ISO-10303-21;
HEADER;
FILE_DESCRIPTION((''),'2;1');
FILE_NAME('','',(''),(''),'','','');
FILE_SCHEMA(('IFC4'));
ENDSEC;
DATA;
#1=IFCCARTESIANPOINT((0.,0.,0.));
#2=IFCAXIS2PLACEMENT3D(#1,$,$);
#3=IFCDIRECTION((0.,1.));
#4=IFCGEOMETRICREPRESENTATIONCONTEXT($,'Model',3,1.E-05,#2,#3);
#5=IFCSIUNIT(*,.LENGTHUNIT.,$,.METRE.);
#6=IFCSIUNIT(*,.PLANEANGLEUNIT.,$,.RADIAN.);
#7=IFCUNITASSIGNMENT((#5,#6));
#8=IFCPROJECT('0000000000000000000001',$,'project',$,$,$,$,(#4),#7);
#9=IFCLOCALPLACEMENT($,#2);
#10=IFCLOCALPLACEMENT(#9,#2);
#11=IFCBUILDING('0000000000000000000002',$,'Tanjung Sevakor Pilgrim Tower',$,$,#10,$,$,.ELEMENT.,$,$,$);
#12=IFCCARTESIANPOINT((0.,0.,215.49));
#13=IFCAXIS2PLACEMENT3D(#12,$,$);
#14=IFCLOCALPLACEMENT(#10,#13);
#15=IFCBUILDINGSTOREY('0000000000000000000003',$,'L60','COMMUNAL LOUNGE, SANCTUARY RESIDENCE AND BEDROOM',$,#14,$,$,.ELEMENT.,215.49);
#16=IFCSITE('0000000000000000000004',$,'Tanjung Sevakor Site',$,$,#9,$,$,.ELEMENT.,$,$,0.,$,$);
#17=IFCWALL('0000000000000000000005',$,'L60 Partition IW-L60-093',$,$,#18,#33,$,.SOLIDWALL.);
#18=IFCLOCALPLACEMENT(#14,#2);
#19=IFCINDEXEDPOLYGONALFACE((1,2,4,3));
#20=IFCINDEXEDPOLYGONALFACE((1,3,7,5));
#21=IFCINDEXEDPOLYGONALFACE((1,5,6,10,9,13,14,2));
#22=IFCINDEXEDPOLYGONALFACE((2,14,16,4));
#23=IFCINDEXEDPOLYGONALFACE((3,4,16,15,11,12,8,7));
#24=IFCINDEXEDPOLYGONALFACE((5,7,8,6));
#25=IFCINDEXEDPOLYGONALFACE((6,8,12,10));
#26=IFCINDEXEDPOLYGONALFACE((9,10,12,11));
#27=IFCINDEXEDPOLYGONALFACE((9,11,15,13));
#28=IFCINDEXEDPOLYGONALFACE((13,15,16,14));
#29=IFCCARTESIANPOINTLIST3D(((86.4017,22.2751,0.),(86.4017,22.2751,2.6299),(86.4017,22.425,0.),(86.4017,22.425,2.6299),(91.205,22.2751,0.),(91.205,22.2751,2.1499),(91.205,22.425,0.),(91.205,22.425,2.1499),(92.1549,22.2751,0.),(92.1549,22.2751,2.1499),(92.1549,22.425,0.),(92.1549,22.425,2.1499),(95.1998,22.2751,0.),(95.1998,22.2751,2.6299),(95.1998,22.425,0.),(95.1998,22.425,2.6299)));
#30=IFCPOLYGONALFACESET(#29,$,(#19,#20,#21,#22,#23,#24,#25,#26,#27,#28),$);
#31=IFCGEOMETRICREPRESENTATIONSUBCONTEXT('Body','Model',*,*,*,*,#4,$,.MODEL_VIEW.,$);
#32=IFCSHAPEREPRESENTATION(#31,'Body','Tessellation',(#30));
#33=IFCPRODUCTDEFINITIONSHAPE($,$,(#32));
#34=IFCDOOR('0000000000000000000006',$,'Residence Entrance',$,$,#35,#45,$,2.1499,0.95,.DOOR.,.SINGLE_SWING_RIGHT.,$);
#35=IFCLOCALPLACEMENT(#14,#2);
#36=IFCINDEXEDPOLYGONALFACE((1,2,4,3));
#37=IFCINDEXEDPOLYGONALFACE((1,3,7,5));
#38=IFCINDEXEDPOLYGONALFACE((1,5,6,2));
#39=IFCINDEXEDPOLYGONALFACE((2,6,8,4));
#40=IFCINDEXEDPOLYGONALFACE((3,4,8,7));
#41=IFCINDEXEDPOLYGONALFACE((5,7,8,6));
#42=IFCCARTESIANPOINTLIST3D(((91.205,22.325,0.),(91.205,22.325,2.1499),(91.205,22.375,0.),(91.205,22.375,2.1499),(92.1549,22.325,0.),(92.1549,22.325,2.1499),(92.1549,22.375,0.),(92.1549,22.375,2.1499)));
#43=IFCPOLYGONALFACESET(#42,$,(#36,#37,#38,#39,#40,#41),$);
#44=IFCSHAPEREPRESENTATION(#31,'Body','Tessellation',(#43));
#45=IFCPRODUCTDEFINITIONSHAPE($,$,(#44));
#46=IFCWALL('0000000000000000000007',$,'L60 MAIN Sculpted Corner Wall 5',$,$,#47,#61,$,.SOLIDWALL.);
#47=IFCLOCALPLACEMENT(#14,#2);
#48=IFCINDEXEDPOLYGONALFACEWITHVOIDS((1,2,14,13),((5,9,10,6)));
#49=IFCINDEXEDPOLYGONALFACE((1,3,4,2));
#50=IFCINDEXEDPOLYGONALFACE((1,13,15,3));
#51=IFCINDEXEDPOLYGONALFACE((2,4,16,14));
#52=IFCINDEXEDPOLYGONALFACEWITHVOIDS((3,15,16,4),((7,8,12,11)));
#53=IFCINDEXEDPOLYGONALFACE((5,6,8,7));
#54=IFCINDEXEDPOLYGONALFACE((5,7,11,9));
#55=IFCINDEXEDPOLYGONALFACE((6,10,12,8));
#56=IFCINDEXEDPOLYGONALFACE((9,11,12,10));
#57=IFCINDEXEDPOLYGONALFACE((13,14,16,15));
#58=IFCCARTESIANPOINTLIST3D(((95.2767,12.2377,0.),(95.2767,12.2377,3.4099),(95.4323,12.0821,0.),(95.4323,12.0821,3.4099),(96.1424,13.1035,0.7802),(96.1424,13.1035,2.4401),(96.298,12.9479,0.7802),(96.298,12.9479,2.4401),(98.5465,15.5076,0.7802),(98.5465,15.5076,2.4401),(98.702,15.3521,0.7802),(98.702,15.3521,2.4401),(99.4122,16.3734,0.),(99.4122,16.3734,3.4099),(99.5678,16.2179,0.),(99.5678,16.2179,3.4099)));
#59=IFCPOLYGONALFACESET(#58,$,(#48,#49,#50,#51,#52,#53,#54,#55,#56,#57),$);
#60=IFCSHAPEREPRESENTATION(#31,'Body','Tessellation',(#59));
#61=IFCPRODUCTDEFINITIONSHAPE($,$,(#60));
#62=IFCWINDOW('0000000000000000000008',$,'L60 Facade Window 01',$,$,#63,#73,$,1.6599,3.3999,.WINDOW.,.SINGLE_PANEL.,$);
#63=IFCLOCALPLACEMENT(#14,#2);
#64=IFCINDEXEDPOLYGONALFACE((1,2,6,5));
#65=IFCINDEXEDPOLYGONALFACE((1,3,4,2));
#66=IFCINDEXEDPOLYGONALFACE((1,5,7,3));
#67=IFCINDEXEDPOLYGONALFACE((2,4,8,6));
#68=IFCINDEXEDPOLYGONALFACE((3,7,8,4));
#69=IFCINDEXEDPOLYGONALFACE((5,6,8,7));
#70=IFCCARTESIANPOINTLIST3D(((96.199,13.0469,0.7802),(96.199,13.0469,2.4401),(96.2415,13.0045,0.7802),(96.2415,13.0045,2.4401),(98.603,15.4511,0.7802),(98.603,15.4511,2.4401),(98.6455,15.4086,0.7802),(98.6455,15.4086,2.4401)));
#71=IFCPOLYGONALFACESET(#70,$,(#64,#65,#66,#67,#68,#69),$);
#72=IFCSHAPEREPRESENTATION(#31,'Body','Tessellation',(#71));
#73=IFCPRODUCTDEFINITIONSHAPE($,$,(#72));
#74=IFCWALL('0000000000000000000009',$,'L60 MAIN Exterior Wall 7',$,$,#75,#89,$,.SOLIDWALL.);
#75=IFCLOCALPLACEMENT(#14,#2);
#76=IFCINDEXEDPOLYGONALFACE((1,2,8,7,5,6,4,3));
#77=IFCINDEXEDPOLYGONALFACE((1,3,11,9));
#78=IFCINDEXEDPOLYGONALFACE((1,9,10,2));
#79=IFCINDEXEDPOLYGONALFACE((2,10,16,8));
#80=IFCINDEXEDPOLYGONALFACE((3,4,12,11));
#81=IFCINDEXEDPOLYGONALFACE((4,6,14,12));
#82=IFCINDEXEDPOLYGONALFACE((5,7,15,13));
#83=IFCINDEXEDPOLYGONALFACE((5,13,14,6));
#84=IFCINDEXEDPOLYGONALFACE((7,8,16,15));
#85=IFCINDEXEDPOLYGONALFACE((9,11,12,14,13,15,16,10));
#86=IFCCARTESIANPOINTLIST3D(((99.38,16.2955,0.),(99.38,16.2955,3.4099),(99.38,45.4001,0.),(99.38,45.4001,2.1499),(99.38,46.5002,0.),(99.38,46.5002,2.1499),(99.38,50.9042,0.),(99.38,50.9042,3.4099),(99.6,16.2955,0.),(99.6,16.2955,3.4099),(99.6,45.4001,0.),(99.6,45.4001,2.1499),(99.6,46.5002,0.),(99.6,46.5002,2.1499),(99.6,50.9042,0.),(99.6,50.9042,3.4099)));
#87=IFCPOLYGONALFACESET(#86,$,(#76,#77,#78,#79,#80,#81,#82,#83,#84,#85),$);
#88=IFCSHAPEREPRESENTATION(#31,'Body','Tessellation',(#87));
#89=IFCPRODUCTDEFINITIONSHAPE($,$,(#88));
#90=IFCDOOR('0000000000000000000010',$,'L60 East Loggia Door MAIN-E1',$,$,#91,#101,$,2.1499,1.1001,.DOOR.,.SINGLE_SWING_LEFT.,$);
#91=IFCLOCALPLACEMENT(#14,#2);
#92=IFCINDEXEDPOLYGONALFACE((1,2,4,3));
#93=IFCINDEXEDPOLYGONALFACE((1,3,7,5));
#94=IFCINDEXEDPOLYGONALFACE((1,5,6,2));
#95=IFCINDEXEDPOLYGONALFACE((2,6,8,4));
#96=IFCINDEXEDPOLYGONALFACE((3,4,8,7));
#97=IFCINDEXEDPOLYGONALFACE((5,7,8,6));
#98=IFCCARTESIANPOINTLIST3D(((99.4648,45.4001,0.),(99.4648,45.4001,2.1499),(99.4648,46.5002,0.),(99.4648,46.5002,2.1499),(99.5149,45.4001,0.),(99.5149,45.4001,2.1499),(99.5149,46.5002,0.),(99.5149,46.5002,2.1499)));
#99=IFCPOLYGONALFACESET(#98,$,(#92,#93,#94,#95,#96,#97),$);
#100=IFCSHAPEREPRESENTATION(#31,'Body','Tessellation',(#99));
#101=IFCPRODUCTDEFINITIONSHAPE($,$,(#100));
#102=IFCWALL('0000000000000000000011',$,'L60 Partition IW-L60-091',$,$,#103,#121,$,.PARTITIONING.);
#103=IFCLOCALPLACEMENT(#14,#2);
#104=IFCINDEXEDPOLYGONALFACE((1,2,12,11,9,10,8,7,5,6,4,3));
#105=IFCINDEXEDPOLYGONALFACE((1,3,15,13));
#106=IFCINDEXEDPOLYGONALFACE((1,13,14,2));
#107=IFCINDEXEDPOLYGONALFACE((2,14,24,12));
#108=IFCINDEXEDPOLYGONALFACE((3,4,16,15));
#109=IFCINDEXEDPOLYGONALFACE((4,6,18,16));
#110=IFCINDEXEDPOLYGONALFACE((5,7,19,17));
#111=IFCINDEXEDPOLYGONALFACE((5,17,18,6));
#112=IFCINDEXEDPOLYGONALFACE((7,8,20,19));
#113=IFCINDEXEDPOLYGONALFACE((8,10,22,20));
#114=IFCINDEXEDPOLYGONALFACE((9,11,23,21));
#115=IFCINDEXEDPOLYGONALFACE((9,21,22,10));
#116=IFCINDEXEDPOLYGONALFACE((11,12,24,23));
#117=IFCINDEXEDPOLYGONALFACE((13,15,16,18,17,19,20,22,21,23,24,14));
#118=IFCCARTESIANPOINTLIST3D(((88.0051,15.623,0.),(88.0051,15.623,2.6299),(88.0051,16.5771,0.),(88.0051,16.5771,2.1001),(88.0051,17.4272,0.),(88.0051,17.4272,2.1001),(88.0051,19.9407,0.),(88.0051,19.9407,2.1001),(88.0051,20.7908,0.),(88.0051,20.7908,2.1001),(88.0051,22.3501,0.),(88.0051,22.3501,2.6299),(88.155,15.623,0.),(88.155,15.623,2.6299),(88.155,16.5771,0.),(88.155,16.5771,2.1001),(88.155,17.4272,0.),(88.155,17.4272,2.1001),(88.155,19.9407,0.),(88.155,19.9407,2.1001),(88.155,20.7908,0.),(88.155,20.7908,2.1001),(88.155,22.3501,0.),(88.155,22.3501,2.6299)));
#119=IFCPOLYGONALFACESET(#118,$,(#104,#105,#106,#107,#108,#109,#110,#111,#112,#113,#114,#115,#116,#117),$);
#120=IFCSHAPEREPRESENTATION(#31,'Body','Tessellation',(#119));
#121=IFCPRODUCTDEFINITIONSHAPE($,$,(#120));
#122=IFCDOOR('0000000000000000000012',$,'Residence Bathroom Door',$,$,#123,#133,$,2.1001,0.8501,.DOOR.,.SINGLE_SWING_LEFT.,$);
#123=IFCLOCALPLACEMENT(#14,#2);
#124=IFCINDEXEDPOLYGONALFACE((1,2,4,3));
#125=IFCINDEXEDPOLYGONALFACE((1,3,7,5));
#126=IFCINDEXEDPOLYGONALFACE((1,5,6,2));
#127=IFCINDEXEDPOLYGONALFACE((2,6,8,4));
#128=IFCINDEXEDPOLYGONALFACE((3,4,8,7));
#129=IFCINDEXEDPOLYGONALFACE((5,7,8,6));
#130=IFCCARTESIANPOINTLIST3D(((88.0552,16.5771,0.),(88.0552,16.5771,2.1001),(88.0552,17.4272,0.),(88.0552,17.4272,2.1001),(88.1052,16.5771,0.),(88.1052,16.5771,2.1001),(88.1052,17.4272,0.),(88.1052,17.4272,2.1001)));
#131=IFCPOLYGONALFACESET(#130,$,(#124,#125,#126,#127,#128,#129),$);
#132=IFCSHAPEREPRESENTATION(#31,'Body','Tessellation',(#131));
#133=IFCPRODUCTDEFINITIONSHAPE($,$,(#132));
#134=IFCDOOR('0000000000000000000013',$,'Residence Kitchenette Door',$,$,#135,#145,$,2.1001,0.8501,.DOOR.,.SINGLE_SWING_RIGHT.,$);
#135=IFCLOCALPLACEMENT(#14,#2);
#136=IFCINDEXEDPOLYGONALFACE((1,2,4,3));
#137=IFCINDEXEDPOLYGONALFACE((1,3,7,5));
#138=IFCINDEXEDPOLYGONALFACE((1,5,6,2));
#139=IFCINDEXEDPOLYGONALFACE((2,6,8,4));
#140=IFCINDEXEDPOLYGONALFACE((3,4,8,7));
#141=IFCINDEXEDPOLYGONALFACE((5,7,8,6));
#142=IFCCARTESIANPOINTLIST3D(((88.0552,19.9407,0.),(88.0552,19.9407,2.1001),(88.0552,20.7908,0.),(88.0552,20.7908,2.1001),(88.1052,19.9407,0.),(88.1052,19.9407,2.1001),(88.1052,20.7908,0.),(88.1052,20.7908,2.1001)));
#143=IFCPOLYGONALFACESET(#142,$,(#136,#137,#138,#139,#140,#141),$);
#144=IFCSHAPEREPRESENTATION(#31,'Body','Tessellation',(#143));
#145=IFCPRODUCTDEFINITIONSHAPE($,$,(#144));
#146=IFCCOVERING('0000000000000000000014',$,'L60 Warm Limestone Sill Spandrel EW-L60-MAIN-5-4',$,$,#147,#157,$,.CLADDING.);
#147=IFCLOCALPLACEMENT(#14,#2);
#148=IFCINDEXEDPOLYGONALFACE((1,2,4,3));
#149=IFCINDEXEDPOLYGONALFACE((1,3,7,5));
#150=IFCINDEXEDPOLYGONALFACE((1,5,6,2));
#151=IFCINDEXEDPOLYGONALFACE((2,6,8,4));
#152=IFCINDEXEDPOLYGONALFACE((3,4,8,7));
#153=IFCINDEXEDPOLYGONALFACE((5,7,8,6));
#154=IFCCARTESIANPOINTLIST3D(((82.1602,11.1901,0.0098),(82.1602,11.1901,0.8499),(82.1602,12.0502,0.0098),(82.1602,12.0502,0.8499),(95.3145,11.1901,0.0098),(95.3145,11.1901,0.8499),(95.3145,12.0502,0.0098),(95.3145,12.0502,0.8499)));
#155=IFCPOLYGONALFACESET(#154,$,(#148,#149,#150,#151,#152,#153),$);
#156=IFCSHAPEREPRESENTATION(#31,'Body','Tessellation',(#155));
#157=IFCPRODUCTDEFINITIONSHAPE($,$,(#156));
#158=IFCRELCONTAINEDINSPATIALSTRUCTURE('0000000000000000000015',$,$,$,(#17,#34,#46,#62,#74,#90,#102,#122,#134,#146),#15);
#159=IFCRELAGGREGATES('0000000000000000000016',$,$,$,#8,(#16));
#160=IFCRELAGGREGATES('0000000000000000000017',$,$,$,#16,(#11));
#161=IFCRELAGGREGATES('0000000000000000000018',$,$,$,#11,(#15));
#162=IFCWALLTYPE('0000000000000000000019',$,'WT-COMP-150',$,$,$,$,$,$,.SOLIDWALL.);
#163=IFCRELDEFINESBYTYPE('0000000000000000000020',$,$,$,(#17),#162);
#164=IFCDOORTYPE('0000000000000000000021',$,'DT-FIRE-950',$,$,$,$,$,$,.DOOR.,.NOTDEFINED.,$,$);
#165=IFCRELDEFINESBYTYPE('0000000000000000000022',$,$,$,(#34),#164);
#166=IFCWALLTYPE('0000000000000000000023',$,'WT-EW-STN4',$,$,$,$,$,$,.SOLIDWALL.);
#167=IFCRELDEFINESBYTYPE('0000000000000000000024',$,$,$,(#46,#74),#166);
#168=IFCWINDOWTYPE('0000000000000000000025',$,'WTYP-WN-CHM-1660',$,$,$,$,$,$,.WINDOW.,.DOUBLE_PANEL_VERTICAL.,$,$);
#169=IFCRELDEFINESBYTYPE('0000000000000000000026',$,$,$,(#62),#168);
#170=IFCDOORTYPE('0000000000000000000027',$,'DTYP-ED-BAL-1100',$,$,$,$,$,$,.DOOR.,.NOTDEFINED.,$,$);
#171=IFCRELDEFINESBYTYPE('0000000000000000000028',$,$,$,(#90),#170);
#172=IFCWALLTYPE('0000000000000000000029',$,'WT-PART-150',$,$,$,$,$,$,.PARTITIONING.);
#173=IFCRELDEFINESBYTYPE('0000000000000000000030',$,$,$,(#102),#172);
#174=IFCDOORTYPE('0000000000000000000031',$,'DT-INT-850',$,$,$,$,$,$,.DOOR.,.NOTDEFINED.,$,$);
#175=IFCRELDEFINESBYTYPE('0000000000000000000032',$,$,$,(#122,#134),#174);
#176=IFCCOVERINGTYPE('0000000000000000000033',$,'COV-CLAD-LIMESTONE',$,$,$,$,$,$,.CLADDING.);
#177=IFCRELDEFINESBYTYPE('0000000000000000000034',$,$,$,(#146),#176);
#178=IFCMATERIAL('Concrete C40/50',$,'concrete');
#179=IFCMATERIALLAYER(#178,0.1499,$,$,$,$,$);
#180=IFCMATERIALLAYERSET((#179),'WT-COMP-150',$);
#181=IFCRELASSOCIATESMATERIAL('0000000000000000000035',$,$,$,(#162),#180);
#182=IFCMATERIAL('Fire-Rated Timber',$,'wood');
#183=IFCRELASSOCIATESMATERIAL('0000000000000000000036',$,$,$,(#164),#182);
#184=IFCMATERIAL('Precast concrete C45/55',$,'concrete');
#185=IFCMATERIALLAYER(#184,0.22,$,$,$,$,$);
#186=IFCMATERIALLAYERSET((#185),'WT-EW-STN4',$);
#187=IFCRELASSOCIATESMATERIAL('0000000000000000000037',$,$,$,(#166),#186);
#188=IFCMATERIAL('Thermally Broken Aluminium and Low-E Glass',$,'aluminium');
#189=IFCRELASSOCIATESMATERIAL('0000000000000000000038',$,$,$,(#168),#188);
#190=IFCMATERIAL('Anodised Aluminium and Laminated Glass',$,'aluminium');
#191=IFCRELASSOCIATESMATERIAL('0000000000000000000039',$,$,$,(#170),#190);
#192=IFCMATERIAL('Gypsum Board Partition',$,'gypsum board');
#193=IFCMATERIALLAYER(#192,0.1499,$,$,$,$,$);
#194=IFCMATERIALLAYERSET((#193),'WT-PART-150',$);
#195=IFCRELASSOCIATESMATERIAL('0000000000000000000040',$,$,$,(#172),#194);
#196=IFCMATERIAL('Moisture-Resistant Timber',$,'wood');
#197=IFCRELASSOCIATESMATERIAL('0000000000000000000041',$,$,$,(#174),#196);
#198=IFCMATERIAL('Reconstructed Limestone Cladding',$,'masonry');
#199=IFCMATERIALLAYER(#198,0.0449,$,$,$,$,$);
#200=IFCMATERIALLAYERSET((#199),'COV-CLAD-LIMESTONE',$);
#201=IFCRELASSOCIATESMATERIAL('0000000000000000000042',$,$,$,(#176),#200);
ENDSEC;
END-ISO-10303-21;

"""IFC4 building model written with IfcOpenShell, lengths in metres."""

from ifc_helpers import new_model, si_unit, direction, frame, frame_2d, origin, origin_2d, place, context, subcontext, project, spatial, rectangle, extrude, material, layer, layer_set, type_object, element, fill, save


model = new_model("IFC4")

# Units and contexts
model_context = context("Model", 3, precision=1e-05, world=origin(), true_north=direction((0.0, 1.0)))
body_context = subcontext(model_context, "Body", "Model", "MODEL_VIEW")
ifc_project = project(units=[si_unit("LENGTHUNIT", "METRE"), si_unit("PLANEANGLEUNIT", "RADIAN")], contexts=[model_context])

# Site, building, storey
site_placement = place(None, origin())
site = spatial("IfcSite", under=ifc_project, at=site_placement, Name="Tanjung Sevakor Site", CompositionType="ELEMENT", RefElevation=0.0)
building_placement = place(site_placement, origin())
building = spatial("IfcBuilding", under=site, at=building_placement, Name="Tanjung Sevakor Pilgrim Tower", CompositionType="ELEMENT")
storey_placement = place(building_placement, frame((0.0, 0.0, 215.49)))
storey = spatial("IfcBuildingStorey", under=building, at=storey_placement, Name="L60", Description="COMMUNAL LOUNGE, SANCTUARY RESIDENCE AND BEDROOM", CompositionType="ELEMENT", Elevation=215.49)

# Shared definitions
ifc_material_1 = material(Name="Concrete C40/50", Category="concrete")
ifc_layer_1 = layer(ifc_material_1, 0.1499)
ifc_layer_set_1 = layer_set([ifc_layer_1], Name="WT-COMP-150")
wall_type_1 = type_object("IfcWallType", Name="WT-COMP-150", PredefinedType="SOLIDWALL", material=ifc_layer_set_1)

# Wall, opening, door
wall_1_placement = place(storey_placement, frame((86.4019, 22.3501, 0.0), z_axis=(0.0, 0.0, 1.0), x_axis=(1.0, 0.0, 0.0)))
wall_1 = element("IfcWall", 1, at=wall_1_placement, inside=storey, type_object=wall_type_1, Name="L60 Partition IW-L60-093", PredefinedType="SOLIDWALL", context=body_context, shape_type="SweptSolid", body=[
    extrude(rectangle(XDim=8.7981, YDim=0.1499, at=frame_2d((4.3989, 0.0))), origin(), (0.0, 0.0, 1.0), 2.6299),
])
opening_1_placement = place(wall_1_placement, frame((4.803, 0.0, 0.0)))
opening_1 = element("IfcOpeningElement", 2, at=opening_1_placement, cuts=wall_1, PredefinedType="OPENING", context=body_context, shape_type="SweptSolid", body=[
    extrude(rectangle(XDim=0.95, YDim=2.1499, at=frame_2d((0.4751, 1.075))), frame((0.0, 0.085, 0.0), z_axis=(0.0, -1.0, 0.0), x_axis=(1.0, 0.0, 0.0)), (0.0, 0.0, 1.0), 0.1699),
])
ifc_material_2 = material(Name="Fire-Rated Timber", Category="wood")
door_type_1 = type_object("IfcDoorType", Name="DT-FIRE-950", OperationType="NOTDEFINED", PredefinedType="DOOR", material=ifc_material_2)
door_1_placement = place(opening_1_placement, origin())
door_1 = element("IfcDoor", 3, at=door_1_placement, inside=storey, type_object=door_type_1, Name="Residence Entrance", OperationType="SINGLE_SWING_RIGHT", OverallHeight=2.1499, OverallWidth=0.95, PredefinedType="DOOR", context=body_context, shape_type="SweptSolid", body=[
    extrude(rectangle(XDim=0.95, YDim=2.1499, at=frame_2d((0.4751, 1.075))), frame((0.0, 0.0249, 0.0), z_axis=(0.0, -1.0, 0.0), x_axis=(1.0, 0.0, 0.0)), (0.0, 0.0, 1.0), 0.05),
])
fill(opening_1, door_1)

# Wall, opening, window
ifc_material_3 = material(Name="Precast concrete C45/55", Category="concrete")
ifc_layer_2 = layer(ifc_material_3, 0.22)
ifc_layer_set_2 = layer_set([ifc_layer_2], Name="WT-EW-STN4")
wall_type_2 = type_object("IfcWallType", Name="WT-EW-STN4", PredefinedType="SOLIDWALL", material=ifc_layer_set_2)
wall_2_placement = place(storey_placement, frame((95.3545, 12.1599, 0.0), z_axis=(0.0, 0.0, 1.0), x_axis=(0.707086, 0.707128, 0.0)))
wall_2 = element("IfcWall", 4, at=wall_2_placement, inside=storey, type_object=wall_type_2, Name="L60 MAIN Sculpted Corner Wall 5", PredefinedType="SOLIDWALL", context=body_context, shape_type="SweptSolid", body=[
    extrude(rectangle(XDim=5.8486, YDim=0.22, at=frame_2d((2.9243, 0.0))), origin(), (0.0, 0.0, 1.0), 3.4099),
])
opening_2_placement = place(wall_2_placement, frame((1.2244, 0.0, 0.78)))
opening_2 = element("IfcOpeningElement", 5, at=opening_2_placement, cuts=wall_2, PredefinedType="OPENING", context=body_context, shape_type="SweptSolid", body=[
    extrude(rectangle(XDim=3.3999, YDim=1.6599, at=frame_2d((1.7, 0.8301))), frame((0.0, 0.1199, 0.0), z_axis=(0.0, -1.0, 0.0), x_axis=(1.0, 0.0, 0.0)), (0.0, 0.0, 1.0), 0.24),
])
ifc_material_4 = material(Name="Thermally Broken Aluminium and Low-E Glass", Category="aluminium")
window_type = type_object("IfcWindowType", Name="WTYP-WN-CHM-1660", PartitioningType="DOUBLE_PANEL_VERTICAL", PredefinedType="WINDOW", material=ifc_material_4)
window_placement = place(opening_2_placement, origin())
window = element("IfcWindow", 6, at=window_placement, inside=storey, type_object=window_type, Name="L60 Facade Window 01", OverallHeight=1.6599, OverallWidth=3.3999, PartitioningType="SINGLE_PANEL", PredefinedType="WINDOW", context=body_context, shape_type="SweptSolid", body=[
    extrude(rectangle(XDim=3.3999, YDim=1.6599, at=frame_2d((1.7, 0.8301))), frame((0.0, 0.03, 0.0), z_axis=(0.0, -1.0, 0.0), x_axis=(1.0, 0.0, 0.0)), (0.0, 0.0, 1.0), 0.0601),
])
fill(opening_2, window)

# Wall, opening, door
wall_3_placement = place(storey_placement, frame((99.49, 16.2957, 0.0), z_axis=(0.0, 0.0, 1.0), x_axis=(0.0, 1.0, 0.0)))
wall_3 = element("IfcWall", 7, at=wall_3_placement, inside=storey, type_object=wall_type_2, Name="L60 MAIN Exterior Wall 7", PredefinedType="SOLIDWALL", context=body_context, shape_type="SweptSolid", body=[
    extrude(rectangle(XDim=34.6086, YDim=0.22, at=frame_2d((17.3042, 0.0))), origin(), (0.0, 0.0, 1.0), 3.4099),
])
opening_3_placement = place(wall_3_placement, frame((29.1045, 0.0, 0.0)))
opening_3 = element("IfcOpeningElement", 8, at=opening_3_placement, cuts=wall_3, PredefinedType="OPENING", context=body_context, shape_type="SweptSolid", body=[
    extrude(rectangle(XDim=1.1001, YDim=2.1499, at=frame_2d((0.55, 1.075))), frame((0.0, 0.1199, 0.0), z_axis=(0.0, -1.0, 0.0), x_axis=(1.0, 0.0, 0.0)), (0.0, 0.0, 1.0), 0.24),
])
ifc_material_5 = material(Name="Anodised Aluminium and Laminated Glass", Category="aluminium")
door_type_2 = type_object("IfcDoorType", Name="DTYP-ED-BAL-1100", OperationType="NOTDEFINED", PredefinedType="DOOR", material=ifc_material_5)
door_2_placement = place(opening_3_placement, frame((1.1001, 0.0, 0.0), z_axis=(0.0, 0.0, 1.0), x_axis=(-1.0, 0.0, 0.0)))
door_2 = element("IfcDoor", 9, at=door_2_placement, inside=storey, type_object=door_type_2, Name="L60 East Loggia Door MAIN-E1", OperationType="SINGLE_SWING_LEFT", OverallHeight=2.1499, OverallWidth=1.1001, PredefinedType="DOOR", context=body_context, shape_type="SweptSolid", body=[
    extrude(rectangle(XDim=1.1001, YDim=2.1499, at=frame_2d((0.55, 1.075))), frame((0.0, 0.0249, 0.0), z_axis=(0.0, -1.0, 0.0), x_axis=(1.0, 0.0, 0.0)), (0.0, 0.0, 1.0), 0.05),
])
fill(opening_3, door_2)

# Wall, openings, doors
ifc_material_6 = material(Name="Gypsum Board Partition", Category="gypsum board")
ifc_layer_3 = layer(ifc_material_6, 0.1499)
ifc_layer_set_3 = layer_set([ifc_layer_3], Name="WT-PART-150")
wall_type_3 = type_object("IfcWallType", Name="WT-PART-150", PredefinedType="PARTITIONING", material=ifc_layer_set_3)
wall_4_placement = place(storey_placement, frame((88.0801, 15.623, 0.0), z_axis=(0.0, 0.0, 1.0), x_axis=(0.0, 1.0, 0.0)))
wall_4 = element("IfcWall", 10, at=wall_4_placement, inside=storey, type_object=wall_type_3, Name="L60 Partition IW-L60-091", PredefinedType="PARTITIONING", context=body_context, shape_type="SweptSolid", body=[
    extrude(rectangle(XDim=6.7271, YDim=0.1499, at=frame_2d((3.3635, 0.0))), origin(), (0.0, 0.0, 1.0), 2.6299),
])
opening_4_placement = place(wall_4_placement, frame((0.9541, 0.0, 0.0)))
opening_4 = element("IfcOpeningElement", 11, at=opening_4_placement, cuts=wall_4, PredefinedType="OPENING", context=body_context, shape_type="SweptSolid", body=[
    extrude(rectangle(XDim=0.8501, YDim=2.1001, at=frame_2d((0.425, 1.05))), frame((0.0, 0.085, 0.0), z_axis=(0.0, -1.0, 0.0), x_axis=(1.0, 0.0, 0.0)), (0.0, 0.0, 1.0), 0.1699),
])
opening_5_placement = place(wall_4_placement, frame((4.3176, 0.0, 0.0)))
opening_5 = element("IfcOpeningElement", 12, at=opening_5_placement, cuts=wall_4, PredefinedType="OPENING", context=body_context, shape_type="SweptSolid", body=[
    extrude(rectangle(XDim=0.8501, YDim=2.1001, at=frame_2d((0.425, 1.05))), frame((0.0, 0.085, 0.0), z_axis=(0.0, -1.0, 0.0), x_axis=(1.0, 0.0, 0.0)), (0.0, 0.0, 1.0), 0.1699),
])
ifc_material_7 = material(Name="Moisture-Resistant Timber", Category="wood")
door_type_3 = type_object("IfcDoorType", Name="DT-INT-850", OperationType="NOTDEFINED", PredefinedType="DOOR", material=ifc_material_7)
door_3_placement = place(opening_4_placement, origin())
door_3 = element("IfcDoor", 13, at=door_3_placement, inside=storey, type_object=door_type_3, Name="Residence Bathroom Door", OperationType="SINGLE_SWING_LEFT", OverallHeight=2.1001, OverallWidth=0.8501, PredefinedType="DOOR", context=body_context, shape_type="SweptSolid", body=[
    extrude(rectangle(XDim=0.8501, YDim=2.1001, at=frame_2d((0.425, 1.05))), frame((0.0, 0.0249, 0.0), z_axis=(0.0, -1.0, 0.0), x_axis=(1.0, 0.0, 0.0)), (0.0, 0.0, 1.0), 0.05),
])
fill(opening_4, door_3)
door_4_placement = place(opening_5_placement, origin())
door_4 = element("IfcDoor", 14, at=door_4_placement, inside=storey, type_object=door_type_3, Name="Residence Kitchenette Door", OperationType="SINGLE_SWING_RIGHT", OverallHeight=2.1001, OverallWidth=0.8501, PredefinedType="DOOR", context=body_context, shape_type="SweptSolid", body=[
    extrude(rectangle(XDim=0.8501, YDim=2.1001, at=frame_2d((0.425, 1.05))), frame((0.0, 0.0249, 0.0), z_axis=(0.0, -1.0, 0.0), x_axis=(1.0, 0.0, 0.0)), (0.0, 0.0, 1.0), 0.05),
])
fill(opening_5, door_4)

# Covering
ifc_material_8 = material(Name="Reconstructed Limestone Cladding", Category="masonry")
ifc_layer_4 = layer(ifc_material_8, 0.0449)
ifc_layer_set_4 = layer_set([ifc_layer_4], Name="COV-CLAD-LIMESTONE")
covering_type = type_object("IfcCoveringType", Name="COV-CLAD-LIMESTONE", PredefinedType="CLADDING", material=ifc_layer_set_4)
covering_1_placement = place(storey_placement, frame((88.7373, 11.6201, 0.0098), z_axis=(0.0, 0.0, 1.0), x_axis=(1.0, 0.0, 0.0)))
element("IfcCovering", 15, at=covering_1_placement, inside=storey, type_object=covering_type, Name="L60 Warm Limestone Sill Spandrel EW-L60-MAIN-5-4", PredefinedType="CLADDING", context=body_context, shape_type="SweptSolid", body=[
    extrude(rectangle(XDim=13.1543, YDim=0.8601, at=origin_2d()), origin(), (0.0, 0.0, 1.0), 0.8401),
])

save(model, "model.ifc")
